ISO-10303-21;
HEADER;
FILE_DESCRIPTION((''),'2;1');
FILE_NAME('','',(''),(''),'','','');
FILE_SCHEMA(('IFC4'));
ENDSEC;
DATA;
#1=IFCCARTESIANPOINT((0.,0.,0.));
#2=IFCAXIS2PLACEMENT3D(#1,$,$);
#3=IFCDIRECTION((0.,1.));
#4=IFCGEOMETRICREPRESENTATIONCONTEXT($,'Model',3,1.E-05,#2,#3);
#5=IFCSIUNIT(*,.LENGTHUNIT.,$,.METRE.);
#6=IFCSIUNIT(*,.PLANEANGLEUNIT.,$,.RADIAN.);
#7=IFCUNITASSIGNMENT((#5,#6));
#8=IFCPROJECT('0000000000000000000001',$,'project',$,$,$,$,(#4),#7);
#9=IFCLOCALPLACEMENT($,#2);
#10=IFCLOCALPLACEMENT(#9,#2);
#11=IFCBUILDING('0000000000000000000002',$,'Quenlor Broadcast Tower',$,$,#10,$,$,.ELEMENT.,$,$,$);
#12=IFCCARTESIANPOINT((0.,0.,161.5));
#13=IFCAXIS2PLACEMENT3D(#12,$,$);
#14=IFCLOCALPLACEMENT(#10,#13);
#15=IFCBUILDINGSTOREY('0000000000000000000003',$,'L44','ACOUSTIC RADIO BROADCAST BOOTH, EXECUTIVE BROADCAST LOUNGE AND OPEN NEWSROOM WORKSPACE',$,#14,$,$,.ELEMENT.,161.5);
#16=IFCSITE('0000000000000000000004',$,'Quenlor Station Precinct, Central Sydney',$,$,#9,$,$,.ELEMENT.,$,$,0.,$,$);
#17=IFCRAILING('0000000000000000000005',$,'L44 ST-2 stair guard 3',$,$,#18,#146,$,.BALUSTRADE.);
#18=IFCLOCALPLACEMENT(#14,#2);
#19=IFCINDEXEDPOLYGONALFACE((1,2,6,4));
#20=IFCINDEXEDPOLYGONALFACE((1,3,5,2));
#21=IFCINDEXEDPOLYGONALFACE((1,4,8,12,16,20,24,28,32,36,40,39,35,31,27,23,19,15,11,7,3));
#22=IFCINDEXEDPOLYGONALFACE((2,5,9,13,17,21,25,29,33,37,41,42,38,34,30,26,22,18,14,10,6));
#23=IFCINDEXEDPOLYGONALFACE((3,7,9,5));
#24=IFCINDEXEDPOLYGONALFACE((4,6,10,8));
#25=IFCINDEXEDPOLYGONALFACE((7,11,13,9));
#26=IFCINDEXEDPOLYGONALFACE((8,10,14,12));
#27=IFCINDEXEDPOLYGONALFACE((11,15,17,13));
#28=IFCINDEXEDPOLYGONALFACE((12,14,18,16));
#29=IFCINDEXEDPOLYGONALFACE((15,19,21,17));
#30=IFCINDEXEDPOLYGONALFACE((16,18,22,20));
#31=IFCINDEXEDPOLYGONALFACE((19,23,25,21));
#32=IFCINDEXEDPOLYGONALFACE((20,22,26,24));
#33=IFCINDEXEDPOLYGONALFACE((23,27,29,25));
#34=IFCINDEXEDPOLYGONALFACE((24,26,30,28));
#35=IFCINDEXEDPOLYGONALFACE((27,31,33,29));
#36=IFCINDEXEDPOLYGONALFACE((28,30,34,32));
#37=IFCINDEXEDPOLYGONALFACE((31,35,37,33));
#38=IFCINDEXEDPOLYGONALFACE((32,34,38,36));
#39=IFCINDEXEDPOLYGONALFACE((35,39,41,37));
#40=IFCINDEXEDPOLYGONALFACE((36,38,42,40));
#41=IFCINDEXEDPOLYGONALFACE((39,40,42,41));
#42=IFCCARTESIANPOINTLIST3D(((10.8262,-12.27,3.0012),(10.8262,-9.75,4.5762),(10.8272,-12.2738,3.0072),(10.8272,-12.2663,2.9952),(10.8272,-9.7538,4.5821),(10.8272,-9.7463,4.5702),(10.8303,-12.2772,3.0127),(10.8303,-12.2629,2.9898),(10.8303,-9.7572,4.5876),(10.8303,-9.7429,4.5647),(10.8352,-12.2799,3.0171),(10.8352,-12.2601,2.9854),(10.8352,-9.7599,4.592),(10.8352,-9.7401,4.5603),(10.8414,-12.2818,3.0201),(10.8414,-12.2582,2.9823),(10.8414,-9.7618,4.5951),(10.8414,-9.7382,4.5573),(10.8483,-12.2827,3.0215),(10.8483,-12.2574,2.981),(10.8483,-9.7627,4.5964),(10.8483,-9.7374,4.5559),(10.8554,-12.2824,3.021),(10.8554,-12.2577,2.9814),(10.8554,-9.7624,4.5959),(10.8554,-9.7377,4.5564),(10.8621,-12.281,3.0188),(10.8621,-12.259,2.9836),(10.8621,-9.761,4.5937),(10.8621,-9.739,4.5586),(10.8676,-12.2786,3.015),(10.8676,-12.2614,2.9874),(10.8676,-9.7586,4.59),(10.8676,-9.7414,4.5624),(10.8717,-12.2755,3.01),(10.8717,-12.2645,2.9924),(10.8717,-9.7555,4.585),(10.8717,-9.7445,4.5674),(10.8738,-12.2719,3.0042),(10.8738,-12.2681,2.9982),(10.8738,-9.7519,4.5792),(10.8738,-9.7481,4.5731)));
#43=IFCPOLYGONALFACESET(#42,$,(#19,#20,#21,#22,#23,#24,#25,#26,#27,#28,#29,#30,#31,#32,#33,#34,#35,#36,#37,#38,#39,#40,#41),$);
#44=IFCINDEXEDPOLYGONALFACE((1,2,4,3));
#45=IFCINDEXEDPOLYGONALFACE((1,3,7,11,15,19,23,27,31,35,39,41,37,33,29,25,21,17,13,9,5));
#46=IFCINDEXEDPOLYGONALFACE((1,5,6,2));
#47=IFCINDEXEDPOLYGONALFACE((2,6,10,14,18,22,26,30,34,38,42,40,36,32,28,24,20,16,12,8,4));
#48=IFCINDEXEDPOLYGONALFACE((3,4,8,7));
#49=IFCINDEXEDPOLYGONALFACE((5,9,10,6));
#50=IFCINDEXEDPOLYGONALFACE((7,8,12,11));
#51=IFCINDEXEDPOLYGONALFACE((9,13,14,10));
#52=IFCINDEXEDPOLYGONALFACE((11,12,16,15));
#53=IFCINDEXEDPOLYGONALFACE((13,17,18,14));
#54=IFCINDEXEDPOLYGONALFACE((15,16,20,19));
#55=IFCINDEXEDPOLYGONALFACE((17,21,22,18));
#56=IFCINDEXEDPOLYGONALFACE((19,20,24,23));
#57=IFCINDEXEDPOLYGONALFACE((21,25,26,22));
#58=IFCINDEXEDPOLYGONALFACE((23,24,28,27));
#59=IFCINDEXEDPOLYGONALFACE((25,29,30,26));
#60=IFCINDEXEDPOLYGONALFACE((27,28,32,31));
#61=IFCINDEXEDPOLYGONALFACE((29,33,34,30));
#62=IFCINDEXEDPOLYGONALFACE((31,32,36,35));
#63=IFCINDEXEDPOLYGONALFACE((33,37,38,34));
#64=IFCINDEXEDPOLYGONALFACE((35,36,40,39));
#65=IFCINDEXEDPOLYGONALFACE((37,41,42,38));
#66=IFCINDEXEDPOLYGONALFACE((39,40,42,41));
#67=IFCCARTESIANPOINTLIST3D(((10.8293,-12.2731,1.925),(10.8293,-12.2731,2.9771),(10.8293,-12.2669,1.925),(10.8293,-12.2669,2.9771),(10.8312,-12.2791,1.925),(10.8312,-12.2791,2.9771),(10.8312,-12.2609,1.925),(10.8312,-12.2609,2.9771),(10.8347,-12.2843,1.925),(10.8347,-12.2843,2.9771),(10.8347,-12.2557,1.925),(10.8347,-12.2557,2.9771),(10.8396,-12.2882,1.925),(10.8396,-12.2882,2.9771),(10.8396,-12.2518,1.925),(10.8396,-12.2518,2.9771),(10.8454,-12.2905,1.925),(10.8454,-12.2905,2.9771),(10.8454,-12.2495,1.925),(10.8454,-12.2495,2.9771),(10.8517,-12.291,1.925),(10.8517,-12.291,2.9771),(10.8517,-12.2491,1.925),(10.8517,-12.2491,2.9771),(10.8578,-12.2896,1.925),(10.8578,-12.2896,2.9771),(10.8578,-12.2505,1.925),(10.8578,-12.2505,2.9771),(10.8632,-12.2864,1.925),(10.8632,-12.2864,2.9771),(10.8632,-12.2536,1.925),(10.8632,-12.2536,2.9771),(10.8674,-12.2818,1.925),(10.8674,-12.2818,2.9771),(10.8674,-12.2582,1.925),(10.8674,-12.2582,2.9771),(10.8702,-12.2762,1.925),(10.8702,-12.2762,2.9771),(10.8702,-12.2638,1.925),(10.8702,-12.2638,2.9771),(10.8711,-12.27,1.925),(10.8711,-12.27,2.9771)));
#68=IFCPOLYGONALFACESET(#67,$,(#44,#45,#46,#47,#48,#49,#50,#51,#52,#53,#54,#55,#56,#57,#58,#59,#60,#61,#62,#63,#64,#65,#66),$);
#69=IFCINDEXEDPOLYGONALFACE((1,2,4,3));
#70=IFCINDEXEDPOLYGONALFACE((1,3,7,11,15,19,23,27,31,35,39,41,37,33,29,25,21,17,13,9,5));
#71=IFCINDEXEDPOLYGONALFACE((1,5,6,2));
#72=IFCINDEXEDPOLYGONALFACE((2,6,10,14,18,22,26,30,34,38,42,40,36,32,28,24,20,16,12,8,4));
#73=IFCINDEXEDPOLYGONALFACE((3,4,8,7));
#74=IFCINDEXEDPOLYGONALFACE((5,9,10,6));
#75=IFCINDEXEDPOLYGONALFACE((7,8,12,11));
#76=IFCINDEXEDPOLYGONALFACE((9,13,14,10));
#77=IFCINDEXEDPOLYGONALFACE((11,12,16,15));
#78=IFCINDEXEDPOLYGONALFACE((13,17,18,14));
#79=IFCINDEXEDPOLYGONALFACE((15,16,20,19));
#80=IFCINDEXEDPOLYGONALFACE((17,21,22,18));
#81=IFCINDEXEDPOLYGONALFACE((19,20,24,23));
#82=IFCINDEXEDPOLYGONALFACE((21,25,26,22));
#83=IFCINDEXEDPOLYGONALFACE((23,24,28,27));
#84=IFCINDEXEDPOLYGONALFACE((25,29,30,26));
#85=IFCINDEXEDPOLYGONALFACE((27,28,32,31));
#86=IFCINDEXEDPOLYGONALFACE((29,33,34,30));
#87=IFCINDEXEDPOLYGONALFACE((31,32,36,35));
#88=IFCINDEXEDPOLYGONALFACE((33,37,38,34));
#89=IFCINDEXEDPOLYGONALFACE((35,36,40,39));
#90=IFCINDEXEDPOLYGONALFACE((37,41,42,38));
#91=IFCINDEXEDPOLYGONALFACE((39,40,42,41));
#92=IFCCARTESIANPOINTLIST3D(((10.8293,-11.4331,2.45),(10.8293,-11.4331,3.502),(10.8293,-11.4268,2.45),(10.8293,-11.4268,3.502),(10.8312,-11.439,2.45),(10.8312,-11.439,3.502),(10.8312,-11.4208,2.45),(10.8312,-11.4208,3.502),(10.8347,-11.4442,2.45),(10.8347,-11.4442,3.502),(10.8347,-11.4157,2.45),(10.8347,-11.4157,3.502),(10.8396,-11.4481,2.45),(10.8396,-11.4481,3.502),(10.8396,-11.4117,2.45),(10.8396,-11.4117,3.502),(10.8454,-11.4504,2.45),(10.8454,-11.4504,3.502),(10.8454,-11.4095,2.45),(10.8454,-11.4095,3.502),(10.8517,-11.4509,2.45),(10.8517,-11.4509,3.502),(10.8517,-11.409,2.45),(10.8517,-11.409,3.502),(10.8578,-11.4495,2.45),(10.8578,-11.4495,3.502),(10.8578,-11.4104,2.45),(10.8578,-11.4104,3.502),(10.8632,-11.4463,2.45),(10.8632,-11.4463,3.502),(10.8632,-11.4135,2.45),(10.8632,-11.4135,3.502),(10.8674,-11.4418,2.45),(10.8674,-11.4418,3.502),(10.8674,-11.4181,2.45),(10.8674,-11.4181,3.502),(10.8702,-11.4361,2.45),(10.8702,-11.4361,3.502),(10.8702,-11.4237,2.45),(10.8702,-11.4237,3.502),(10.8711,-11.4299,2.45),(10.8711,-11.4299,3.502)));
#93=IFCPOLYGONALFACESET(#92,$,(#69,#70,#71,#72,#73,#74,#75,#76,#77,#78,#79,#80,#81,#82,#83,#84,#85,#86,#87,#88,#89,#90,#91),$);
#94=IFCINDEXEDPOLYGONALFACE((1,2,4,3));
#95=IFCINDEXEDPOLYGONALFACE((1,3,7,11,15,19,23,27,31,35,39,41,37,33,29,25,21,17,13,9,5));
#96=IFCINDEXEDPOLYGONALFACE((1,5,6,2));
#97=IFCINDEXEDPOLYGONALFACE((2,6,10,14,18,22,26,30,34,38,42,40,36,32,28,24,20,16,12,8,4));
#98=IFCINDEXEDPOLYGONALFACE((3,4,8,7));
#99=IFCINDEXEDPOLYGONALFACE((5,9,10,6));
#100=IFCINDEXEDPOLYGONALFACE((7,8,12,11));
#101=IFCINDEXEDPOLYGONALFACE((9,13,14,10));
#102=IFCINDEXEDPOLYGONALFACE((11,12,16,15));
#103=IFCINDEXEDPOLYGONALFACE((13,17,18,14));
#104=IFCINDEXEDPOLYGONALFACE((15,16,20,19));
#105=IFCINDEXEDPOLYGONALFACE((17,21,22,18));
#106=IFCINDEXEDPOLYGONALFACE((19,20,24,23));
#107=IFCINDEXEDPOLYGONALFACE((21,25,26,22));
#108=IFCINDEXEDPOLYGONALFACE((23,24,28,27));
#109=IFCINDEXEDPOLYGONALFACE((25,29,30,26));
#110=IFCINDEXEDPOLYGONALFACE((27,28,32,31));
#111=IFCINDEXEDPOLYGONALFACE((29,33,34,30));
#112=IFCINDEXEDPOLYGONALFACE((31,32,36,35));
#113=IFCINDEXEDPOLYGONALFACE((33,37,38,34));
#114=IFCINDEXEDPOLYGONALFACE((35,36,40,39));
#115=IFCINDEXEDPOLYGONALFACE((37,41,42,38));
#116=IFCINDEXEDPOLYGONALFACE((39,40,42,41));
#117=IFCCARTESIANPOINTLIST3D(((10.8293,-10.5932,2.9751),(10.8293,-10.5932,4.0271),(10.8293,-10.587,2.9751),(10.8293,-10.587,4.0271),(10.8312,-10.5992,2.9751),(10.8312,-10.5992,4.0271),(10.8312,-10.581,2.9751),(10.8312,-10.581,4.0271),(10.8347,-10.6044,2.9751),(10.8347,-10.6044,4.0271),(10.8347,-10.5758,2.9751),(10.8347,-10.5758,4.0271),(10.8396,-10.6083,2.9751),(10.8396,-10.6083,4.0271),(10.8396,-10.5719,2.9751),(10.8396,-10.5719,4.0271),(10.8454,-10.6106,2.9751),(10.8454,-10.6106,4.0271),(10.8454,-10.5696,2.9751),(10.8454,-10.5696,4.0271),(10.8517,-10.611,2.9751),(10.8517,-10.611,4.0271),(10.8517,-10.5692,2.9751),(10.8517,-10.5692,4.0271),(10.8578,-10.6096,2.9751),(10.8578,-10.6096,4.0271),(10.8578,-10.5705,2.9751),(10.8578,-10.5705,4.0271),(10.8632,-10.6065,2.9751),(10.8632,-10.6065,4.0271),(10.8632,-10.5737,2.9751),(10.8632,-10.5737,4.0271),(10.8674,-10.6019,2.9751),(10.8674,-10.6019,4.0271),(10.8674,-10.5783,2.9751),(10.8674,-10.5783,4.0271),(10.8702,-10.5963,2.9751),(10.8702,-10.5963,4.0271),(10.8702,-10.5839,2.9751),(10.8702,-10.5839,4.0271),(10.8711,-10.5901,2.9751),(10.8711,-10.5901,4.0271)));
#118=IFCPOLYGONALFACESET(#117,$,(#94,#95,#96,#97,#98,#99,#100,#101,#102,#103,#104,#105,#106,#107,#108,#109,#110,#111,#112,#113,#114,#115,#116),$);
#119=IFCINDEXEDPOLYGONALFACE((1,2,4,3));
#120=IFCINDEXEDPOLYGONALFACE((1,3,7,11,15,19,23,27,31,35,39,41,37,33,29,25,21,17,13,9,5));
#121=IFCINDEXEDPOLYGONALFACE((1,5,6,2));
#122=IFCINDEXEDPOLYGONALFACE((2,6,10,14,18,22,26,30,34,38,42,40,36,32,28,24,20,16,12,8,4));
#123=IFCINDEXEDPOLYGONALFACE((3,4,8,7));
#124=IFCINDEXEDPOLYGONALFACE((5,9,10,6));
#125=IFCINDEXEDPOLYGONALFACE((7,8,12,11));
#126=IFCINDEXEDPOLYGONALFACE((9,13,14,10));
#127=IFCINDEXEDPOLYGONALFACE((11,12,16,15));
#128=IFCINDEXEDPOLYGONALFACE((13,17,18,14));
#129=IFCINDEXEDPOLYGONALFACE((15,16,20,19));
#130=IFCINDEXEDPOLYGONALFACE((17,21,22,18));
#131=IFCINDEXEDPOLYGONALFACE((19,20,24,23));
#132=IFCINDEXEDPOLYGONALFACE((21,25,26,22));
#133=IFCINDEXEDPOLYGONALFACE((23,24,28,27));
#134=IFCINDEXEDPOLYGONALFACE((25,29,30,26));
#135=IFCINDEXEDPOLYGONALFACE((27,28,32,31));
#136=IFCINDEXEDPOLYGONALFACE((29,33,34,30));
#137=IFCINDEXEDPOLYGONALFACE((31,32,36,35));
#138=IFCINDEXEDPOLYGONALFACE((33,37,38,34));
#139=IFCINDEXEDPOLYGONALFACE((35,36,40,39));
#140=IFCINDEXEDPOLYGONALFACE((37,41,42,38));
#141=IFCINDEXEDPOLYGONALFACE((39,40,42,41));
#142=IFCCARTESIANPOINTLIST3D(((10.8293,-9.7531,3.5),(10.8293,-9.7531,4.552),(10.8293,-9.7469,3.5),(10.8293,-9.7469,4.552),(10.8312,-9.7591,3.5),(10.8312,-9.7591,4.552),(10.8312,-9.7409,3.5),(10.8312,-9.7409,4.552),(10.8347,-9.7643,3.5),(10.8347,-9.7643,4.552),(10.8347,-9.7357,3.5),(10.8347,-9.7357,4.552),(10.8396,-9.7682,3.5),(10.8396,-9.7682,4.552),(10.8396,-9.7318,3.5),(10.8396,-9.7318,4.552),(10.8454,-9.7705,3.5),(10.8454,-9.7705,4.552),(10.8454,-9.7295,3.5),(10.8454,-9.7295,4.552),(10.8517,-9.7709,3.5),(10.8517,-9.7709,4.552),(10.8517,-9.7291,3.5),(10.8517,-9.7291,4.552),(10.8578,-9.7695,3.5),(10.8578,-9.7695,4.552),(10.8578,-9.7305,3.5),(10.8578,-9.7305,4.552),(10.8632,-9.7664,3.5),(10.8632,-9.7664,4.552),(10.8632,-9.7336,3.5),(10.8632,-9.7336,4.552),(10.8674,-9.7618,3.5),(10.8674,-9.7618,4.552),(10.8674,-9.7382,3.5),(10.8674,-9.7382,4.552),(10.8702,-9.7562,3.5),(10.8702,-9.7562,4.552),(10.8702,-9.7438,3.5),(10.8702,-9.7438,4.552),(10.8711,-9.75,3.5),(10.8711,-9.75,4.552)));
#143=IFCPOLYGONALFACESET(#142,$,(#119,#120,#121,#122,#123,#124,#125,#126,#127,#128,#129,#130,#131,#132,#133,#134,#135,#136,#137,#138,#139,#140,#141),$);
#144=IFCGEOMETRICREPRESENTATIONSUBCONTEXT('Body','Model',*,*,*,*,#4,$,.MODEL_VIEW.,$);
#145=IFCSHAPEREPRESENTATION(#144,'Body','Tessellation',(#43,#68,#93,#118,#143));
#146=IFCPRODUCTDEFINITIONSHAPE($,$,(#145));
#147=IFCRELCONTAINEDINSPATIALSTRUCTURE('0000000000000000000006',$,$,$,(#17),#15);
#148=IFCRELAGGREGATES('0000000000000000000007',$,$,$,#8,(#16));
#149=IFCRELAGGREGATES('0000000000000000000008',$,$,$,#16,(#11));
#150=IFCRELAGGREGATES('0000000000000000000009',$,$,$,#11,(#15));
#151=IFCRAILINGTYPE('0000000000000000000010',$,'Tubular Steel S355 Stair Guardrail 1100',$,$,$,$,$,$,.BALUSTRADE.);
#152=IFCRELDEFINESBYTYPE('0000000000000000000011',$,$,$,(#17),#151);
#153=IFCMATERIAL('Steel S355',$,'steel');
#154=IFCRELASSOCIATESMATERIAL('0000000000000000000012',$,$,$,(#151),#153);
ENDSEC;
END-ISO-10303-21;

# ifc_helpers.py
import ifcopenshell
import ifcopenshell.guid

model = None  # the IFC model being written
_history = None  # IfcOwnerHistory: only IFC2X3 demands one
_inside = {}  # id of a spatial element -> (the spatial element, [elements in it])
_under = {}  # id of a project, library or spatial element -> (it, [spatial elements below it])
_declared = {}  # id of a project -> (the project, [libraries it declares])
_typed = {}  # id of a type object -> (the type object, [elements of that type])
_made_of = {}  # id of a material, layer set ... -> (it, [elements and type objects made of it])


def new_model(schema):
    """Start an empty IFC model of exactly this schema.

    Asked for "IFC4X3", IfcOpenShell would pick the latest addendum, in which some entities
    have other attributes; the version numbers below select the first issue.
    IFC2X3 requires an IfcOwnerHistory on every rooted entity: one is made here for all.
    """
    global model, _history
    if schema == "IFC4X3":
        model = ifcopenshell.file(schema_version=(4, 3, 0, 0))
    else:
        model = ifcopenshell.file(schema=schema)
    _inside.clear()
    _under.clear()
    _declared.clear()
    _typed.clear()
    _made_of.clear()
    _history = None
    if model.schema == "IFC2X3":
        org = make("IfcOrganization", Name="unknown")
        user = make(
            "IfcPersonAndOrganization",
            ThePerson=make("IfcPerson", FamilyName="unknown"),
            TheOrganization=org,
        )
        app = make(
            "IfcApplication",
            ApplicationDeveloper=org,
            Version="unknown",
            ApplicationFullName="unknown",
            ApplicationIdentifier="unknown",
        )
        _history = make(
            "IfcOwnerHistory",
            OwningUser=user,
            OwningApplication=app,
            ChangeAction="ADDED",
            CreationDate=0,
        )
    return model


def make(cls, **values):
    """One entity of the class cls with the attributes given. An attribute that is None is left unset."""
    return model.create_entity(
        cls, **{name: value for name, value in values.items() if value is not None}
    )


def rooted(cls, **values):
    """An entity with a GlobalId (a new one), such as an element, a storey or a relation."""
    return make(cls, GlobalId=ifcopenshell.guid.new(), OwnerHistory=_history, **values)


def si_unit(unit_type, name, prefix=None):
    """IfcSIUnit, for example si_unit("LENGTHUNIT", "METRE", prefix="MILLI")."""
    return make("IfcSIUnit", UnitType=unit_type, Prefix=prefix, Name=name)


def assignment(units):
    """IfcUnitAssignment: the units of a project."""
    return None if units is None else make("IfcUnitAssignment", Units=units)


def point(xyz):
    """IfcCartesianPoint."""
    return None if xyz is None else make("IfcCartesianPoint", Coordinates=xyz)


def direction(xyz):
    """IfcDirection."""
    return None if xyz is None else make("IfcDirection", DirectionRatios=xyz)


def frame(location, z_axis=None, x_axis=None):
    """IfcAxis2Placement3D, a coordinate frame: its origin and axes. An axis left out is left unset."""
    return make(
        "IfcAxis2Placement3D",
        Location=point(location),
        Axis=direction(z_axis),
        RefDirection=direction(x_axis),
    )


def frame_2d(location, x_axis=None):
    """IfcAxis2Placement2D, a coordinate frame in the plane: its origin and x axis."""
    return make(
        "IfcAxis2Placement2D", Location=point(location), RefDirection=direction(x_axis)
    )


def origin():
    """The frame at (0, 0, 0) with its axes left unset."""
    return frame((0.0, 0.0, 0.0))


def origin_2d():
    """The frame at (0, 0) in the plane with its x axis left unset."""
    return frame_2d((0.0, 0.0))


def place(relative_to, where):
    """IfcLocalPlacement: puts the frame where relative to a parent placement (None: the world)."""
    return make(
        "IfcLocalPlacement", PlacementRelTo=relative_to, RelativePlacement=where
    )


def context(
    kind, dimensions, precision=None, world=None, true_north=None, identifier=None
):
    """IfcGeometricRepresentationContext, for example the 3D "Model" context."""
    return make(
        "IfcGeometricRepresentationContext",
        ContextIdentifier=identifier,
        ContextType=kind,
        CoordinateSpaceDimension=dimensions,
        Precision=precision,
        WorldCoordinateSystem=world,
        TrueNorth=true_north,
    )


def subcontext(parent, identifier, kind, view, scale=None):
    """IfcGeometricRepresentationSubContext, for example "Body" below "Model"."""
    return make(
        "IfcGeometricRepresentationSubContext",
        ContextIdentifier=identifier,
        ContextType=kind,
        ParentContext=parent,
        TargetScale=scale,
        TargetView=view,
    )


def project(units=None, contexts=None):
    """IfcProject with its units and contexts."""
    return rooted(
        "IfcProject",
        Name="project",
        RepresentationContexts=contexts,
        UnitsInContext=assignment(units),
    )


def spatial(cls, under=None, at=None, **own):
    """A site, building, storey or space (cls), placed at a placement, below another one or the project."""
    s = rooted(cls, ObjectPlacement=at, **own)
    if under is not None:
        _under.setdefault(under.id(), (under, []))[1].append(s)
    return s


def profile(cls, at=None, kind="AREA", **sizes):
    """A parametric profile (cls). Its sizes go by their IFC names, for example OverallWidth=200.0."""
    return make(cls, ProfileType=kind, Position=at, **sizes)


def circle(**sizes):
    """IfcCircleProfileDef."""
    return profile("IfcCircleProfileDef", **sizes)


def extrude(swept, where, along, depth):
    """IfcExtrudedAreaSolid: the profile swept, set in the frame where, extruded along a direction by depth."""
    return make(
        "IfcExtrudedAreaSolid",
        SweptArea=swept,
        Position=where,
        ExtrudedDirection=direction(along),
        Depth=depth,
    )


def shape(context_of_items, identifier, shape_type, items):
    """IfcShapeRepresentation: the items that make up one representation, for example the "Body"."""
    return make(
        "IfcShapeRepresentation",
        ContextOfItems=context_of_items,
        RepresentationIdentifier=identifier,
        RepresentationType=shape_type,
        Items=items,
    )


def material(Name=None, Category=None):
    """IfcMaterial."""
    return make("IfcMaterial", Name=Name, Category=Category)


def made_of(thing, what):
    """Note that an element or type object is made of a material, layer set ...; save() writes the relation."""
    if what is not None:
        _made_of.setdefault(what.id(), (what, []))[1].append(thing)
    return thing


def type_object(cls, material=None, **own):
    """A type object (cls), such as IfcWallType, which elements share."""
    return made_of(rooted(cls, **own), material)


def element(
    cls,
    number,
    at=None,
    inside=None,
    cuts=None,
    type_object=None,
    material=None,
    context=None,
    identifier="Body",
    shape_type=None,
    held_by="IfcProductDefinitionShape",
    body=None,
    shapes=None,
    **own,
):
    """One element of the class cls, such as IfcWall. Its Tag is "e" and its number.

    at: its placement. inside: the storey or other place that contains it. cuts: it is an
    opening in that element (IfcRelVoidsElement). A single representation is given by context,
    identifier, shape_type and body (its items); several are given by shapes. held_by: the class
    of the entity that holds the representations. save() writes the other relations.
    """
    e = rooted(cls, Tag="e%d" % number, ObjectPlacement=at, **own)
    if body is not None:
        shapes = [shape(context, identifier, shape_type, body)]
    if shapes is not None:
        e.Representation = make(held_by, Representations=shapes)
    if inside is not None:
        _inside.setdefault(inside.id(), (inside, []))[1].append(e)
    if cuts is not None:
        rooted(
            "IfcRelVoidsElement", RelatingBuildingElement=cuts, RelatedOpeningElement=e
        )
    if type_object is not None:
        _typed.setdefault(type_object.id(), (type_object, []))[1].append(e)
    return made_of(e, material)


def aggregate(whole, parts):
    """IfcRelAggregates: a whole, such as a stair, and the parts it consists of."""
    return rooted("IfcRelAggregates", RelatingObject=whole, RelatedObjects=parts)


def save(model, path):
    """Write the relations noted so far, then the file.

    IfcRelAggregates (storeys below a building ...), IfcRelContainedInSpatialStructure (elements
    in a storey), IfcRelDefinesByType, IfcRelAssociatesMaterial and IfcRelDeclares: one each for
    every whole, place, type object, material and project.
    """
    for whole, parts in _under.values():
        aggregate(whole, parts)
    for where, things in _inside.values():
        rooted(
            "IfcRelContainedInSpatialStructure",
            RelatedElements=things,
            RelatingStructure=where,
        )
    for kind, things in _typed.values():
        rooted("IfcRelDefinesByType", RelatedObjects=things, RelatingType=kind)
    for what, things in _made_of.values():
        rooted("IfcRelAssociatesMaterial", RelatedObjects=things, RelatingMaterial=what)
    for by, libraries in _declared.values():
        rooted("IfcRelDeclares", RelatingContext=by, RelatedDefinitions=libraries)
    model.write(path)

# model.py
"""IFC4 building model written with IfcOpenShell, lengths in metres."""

from ifc_helpers import new_model, si_unit, direction, frame, origin, origin_2d, place, context, subcontext, project, spatial, circle, extrude, material, type_object, element, save


model = new_model("IFC4")

# Units and contexts
model_context = context("Model", 3, precision=1e-05, world=origin(), true_north=direction((0.0, 1.0)))
body_context = subcontext(model_context, "Body", "Model", "MODEL_VIEW")
ifc_project = project(units=[si_unit("LENGTHUNIT", "METRE"), si_unit("PLANEANGLEUNIT", "RADIAN")], contexts=[model_context])

# Site, building, storey
site_placement = place(None, origin())
site = spatial("IfcSite", under=ifc_project, at=site_placement, Name="Quenlor Station Precinct, Central Sydney", CompositionType="ELEMENT", RefElevation=0.0)
building_placement = place(site_placement, origin())
building = spatial("IfcBuilding", under=site, at=building_placement, Name="Quenlor Broadcast Tower", CompositionType="ELEMENT")
storey_placement = place(building_placement, frame((0.0, 0.0, 161.5)))
storey = spatial("IfcBuildingStorey", under=building, at=storey_placement, Name="L44", Description="ACOUSTIC RADIO BROADCAST BOOTH, EXECUTIVE BROADCAST LOUNGE AND OPEN NEWSROOM WORKSPACE", CompositionType="ELEMENT", Elevation=161.5)

# Railing
ifc_material_1 = material(Name="Steel S355", Category="steel")
railing_type_1 = type_object("IfcRailingType", Name="Tubular Steel S355 Stair Guardrail 1100", PredefinedType="BALUSTRADE", material=ifc_material_1)
railing_1_placement = place(storey_placement, frame((10.8501, -12.27, 1.925)))
element("IfcRailing", 1, at=railing_1_placement, inside=storey, type_object=railing_type_1, Name="L44 ST-2 stair guard 3", PredefinedType="BALUSTRADE", context=body_context, shape_type="SweptSolid", body=[
    extrude(circle(Radius=0.0239, at=origin_2d()), frame((0.0, 0.0, 1.0762), z_axis=(0.0, 0.848008, 0.529984), x_axis=(-1.0, 0.0, 0.0)), (0.0, 0.0, 1.0), 2.9717),
    extrude(circle(Radius=0.021, at=origin_2d()), origin(), (0.0, 0.0, 1.0), 1.052),
    extrude(circle(Radius=0.021, at=origin_2d()), frame((0.0, 0.8401, 0.5249)), (0.0, 0.0, 1.0), 1.052),
    extrude(circle(Radius=0.021, at=origin_2d()), frame((0.0, 1.6799, 1.05)), (0.0, 0.0, 1.0), 1.052),
    extrude(circle(Radius=0.021, at=origin_2d()), frame((0.0, 2.52, 1.575)), (0.0, 0.0, 1.0), 1.052),
])

save(model, "model.ifc")
